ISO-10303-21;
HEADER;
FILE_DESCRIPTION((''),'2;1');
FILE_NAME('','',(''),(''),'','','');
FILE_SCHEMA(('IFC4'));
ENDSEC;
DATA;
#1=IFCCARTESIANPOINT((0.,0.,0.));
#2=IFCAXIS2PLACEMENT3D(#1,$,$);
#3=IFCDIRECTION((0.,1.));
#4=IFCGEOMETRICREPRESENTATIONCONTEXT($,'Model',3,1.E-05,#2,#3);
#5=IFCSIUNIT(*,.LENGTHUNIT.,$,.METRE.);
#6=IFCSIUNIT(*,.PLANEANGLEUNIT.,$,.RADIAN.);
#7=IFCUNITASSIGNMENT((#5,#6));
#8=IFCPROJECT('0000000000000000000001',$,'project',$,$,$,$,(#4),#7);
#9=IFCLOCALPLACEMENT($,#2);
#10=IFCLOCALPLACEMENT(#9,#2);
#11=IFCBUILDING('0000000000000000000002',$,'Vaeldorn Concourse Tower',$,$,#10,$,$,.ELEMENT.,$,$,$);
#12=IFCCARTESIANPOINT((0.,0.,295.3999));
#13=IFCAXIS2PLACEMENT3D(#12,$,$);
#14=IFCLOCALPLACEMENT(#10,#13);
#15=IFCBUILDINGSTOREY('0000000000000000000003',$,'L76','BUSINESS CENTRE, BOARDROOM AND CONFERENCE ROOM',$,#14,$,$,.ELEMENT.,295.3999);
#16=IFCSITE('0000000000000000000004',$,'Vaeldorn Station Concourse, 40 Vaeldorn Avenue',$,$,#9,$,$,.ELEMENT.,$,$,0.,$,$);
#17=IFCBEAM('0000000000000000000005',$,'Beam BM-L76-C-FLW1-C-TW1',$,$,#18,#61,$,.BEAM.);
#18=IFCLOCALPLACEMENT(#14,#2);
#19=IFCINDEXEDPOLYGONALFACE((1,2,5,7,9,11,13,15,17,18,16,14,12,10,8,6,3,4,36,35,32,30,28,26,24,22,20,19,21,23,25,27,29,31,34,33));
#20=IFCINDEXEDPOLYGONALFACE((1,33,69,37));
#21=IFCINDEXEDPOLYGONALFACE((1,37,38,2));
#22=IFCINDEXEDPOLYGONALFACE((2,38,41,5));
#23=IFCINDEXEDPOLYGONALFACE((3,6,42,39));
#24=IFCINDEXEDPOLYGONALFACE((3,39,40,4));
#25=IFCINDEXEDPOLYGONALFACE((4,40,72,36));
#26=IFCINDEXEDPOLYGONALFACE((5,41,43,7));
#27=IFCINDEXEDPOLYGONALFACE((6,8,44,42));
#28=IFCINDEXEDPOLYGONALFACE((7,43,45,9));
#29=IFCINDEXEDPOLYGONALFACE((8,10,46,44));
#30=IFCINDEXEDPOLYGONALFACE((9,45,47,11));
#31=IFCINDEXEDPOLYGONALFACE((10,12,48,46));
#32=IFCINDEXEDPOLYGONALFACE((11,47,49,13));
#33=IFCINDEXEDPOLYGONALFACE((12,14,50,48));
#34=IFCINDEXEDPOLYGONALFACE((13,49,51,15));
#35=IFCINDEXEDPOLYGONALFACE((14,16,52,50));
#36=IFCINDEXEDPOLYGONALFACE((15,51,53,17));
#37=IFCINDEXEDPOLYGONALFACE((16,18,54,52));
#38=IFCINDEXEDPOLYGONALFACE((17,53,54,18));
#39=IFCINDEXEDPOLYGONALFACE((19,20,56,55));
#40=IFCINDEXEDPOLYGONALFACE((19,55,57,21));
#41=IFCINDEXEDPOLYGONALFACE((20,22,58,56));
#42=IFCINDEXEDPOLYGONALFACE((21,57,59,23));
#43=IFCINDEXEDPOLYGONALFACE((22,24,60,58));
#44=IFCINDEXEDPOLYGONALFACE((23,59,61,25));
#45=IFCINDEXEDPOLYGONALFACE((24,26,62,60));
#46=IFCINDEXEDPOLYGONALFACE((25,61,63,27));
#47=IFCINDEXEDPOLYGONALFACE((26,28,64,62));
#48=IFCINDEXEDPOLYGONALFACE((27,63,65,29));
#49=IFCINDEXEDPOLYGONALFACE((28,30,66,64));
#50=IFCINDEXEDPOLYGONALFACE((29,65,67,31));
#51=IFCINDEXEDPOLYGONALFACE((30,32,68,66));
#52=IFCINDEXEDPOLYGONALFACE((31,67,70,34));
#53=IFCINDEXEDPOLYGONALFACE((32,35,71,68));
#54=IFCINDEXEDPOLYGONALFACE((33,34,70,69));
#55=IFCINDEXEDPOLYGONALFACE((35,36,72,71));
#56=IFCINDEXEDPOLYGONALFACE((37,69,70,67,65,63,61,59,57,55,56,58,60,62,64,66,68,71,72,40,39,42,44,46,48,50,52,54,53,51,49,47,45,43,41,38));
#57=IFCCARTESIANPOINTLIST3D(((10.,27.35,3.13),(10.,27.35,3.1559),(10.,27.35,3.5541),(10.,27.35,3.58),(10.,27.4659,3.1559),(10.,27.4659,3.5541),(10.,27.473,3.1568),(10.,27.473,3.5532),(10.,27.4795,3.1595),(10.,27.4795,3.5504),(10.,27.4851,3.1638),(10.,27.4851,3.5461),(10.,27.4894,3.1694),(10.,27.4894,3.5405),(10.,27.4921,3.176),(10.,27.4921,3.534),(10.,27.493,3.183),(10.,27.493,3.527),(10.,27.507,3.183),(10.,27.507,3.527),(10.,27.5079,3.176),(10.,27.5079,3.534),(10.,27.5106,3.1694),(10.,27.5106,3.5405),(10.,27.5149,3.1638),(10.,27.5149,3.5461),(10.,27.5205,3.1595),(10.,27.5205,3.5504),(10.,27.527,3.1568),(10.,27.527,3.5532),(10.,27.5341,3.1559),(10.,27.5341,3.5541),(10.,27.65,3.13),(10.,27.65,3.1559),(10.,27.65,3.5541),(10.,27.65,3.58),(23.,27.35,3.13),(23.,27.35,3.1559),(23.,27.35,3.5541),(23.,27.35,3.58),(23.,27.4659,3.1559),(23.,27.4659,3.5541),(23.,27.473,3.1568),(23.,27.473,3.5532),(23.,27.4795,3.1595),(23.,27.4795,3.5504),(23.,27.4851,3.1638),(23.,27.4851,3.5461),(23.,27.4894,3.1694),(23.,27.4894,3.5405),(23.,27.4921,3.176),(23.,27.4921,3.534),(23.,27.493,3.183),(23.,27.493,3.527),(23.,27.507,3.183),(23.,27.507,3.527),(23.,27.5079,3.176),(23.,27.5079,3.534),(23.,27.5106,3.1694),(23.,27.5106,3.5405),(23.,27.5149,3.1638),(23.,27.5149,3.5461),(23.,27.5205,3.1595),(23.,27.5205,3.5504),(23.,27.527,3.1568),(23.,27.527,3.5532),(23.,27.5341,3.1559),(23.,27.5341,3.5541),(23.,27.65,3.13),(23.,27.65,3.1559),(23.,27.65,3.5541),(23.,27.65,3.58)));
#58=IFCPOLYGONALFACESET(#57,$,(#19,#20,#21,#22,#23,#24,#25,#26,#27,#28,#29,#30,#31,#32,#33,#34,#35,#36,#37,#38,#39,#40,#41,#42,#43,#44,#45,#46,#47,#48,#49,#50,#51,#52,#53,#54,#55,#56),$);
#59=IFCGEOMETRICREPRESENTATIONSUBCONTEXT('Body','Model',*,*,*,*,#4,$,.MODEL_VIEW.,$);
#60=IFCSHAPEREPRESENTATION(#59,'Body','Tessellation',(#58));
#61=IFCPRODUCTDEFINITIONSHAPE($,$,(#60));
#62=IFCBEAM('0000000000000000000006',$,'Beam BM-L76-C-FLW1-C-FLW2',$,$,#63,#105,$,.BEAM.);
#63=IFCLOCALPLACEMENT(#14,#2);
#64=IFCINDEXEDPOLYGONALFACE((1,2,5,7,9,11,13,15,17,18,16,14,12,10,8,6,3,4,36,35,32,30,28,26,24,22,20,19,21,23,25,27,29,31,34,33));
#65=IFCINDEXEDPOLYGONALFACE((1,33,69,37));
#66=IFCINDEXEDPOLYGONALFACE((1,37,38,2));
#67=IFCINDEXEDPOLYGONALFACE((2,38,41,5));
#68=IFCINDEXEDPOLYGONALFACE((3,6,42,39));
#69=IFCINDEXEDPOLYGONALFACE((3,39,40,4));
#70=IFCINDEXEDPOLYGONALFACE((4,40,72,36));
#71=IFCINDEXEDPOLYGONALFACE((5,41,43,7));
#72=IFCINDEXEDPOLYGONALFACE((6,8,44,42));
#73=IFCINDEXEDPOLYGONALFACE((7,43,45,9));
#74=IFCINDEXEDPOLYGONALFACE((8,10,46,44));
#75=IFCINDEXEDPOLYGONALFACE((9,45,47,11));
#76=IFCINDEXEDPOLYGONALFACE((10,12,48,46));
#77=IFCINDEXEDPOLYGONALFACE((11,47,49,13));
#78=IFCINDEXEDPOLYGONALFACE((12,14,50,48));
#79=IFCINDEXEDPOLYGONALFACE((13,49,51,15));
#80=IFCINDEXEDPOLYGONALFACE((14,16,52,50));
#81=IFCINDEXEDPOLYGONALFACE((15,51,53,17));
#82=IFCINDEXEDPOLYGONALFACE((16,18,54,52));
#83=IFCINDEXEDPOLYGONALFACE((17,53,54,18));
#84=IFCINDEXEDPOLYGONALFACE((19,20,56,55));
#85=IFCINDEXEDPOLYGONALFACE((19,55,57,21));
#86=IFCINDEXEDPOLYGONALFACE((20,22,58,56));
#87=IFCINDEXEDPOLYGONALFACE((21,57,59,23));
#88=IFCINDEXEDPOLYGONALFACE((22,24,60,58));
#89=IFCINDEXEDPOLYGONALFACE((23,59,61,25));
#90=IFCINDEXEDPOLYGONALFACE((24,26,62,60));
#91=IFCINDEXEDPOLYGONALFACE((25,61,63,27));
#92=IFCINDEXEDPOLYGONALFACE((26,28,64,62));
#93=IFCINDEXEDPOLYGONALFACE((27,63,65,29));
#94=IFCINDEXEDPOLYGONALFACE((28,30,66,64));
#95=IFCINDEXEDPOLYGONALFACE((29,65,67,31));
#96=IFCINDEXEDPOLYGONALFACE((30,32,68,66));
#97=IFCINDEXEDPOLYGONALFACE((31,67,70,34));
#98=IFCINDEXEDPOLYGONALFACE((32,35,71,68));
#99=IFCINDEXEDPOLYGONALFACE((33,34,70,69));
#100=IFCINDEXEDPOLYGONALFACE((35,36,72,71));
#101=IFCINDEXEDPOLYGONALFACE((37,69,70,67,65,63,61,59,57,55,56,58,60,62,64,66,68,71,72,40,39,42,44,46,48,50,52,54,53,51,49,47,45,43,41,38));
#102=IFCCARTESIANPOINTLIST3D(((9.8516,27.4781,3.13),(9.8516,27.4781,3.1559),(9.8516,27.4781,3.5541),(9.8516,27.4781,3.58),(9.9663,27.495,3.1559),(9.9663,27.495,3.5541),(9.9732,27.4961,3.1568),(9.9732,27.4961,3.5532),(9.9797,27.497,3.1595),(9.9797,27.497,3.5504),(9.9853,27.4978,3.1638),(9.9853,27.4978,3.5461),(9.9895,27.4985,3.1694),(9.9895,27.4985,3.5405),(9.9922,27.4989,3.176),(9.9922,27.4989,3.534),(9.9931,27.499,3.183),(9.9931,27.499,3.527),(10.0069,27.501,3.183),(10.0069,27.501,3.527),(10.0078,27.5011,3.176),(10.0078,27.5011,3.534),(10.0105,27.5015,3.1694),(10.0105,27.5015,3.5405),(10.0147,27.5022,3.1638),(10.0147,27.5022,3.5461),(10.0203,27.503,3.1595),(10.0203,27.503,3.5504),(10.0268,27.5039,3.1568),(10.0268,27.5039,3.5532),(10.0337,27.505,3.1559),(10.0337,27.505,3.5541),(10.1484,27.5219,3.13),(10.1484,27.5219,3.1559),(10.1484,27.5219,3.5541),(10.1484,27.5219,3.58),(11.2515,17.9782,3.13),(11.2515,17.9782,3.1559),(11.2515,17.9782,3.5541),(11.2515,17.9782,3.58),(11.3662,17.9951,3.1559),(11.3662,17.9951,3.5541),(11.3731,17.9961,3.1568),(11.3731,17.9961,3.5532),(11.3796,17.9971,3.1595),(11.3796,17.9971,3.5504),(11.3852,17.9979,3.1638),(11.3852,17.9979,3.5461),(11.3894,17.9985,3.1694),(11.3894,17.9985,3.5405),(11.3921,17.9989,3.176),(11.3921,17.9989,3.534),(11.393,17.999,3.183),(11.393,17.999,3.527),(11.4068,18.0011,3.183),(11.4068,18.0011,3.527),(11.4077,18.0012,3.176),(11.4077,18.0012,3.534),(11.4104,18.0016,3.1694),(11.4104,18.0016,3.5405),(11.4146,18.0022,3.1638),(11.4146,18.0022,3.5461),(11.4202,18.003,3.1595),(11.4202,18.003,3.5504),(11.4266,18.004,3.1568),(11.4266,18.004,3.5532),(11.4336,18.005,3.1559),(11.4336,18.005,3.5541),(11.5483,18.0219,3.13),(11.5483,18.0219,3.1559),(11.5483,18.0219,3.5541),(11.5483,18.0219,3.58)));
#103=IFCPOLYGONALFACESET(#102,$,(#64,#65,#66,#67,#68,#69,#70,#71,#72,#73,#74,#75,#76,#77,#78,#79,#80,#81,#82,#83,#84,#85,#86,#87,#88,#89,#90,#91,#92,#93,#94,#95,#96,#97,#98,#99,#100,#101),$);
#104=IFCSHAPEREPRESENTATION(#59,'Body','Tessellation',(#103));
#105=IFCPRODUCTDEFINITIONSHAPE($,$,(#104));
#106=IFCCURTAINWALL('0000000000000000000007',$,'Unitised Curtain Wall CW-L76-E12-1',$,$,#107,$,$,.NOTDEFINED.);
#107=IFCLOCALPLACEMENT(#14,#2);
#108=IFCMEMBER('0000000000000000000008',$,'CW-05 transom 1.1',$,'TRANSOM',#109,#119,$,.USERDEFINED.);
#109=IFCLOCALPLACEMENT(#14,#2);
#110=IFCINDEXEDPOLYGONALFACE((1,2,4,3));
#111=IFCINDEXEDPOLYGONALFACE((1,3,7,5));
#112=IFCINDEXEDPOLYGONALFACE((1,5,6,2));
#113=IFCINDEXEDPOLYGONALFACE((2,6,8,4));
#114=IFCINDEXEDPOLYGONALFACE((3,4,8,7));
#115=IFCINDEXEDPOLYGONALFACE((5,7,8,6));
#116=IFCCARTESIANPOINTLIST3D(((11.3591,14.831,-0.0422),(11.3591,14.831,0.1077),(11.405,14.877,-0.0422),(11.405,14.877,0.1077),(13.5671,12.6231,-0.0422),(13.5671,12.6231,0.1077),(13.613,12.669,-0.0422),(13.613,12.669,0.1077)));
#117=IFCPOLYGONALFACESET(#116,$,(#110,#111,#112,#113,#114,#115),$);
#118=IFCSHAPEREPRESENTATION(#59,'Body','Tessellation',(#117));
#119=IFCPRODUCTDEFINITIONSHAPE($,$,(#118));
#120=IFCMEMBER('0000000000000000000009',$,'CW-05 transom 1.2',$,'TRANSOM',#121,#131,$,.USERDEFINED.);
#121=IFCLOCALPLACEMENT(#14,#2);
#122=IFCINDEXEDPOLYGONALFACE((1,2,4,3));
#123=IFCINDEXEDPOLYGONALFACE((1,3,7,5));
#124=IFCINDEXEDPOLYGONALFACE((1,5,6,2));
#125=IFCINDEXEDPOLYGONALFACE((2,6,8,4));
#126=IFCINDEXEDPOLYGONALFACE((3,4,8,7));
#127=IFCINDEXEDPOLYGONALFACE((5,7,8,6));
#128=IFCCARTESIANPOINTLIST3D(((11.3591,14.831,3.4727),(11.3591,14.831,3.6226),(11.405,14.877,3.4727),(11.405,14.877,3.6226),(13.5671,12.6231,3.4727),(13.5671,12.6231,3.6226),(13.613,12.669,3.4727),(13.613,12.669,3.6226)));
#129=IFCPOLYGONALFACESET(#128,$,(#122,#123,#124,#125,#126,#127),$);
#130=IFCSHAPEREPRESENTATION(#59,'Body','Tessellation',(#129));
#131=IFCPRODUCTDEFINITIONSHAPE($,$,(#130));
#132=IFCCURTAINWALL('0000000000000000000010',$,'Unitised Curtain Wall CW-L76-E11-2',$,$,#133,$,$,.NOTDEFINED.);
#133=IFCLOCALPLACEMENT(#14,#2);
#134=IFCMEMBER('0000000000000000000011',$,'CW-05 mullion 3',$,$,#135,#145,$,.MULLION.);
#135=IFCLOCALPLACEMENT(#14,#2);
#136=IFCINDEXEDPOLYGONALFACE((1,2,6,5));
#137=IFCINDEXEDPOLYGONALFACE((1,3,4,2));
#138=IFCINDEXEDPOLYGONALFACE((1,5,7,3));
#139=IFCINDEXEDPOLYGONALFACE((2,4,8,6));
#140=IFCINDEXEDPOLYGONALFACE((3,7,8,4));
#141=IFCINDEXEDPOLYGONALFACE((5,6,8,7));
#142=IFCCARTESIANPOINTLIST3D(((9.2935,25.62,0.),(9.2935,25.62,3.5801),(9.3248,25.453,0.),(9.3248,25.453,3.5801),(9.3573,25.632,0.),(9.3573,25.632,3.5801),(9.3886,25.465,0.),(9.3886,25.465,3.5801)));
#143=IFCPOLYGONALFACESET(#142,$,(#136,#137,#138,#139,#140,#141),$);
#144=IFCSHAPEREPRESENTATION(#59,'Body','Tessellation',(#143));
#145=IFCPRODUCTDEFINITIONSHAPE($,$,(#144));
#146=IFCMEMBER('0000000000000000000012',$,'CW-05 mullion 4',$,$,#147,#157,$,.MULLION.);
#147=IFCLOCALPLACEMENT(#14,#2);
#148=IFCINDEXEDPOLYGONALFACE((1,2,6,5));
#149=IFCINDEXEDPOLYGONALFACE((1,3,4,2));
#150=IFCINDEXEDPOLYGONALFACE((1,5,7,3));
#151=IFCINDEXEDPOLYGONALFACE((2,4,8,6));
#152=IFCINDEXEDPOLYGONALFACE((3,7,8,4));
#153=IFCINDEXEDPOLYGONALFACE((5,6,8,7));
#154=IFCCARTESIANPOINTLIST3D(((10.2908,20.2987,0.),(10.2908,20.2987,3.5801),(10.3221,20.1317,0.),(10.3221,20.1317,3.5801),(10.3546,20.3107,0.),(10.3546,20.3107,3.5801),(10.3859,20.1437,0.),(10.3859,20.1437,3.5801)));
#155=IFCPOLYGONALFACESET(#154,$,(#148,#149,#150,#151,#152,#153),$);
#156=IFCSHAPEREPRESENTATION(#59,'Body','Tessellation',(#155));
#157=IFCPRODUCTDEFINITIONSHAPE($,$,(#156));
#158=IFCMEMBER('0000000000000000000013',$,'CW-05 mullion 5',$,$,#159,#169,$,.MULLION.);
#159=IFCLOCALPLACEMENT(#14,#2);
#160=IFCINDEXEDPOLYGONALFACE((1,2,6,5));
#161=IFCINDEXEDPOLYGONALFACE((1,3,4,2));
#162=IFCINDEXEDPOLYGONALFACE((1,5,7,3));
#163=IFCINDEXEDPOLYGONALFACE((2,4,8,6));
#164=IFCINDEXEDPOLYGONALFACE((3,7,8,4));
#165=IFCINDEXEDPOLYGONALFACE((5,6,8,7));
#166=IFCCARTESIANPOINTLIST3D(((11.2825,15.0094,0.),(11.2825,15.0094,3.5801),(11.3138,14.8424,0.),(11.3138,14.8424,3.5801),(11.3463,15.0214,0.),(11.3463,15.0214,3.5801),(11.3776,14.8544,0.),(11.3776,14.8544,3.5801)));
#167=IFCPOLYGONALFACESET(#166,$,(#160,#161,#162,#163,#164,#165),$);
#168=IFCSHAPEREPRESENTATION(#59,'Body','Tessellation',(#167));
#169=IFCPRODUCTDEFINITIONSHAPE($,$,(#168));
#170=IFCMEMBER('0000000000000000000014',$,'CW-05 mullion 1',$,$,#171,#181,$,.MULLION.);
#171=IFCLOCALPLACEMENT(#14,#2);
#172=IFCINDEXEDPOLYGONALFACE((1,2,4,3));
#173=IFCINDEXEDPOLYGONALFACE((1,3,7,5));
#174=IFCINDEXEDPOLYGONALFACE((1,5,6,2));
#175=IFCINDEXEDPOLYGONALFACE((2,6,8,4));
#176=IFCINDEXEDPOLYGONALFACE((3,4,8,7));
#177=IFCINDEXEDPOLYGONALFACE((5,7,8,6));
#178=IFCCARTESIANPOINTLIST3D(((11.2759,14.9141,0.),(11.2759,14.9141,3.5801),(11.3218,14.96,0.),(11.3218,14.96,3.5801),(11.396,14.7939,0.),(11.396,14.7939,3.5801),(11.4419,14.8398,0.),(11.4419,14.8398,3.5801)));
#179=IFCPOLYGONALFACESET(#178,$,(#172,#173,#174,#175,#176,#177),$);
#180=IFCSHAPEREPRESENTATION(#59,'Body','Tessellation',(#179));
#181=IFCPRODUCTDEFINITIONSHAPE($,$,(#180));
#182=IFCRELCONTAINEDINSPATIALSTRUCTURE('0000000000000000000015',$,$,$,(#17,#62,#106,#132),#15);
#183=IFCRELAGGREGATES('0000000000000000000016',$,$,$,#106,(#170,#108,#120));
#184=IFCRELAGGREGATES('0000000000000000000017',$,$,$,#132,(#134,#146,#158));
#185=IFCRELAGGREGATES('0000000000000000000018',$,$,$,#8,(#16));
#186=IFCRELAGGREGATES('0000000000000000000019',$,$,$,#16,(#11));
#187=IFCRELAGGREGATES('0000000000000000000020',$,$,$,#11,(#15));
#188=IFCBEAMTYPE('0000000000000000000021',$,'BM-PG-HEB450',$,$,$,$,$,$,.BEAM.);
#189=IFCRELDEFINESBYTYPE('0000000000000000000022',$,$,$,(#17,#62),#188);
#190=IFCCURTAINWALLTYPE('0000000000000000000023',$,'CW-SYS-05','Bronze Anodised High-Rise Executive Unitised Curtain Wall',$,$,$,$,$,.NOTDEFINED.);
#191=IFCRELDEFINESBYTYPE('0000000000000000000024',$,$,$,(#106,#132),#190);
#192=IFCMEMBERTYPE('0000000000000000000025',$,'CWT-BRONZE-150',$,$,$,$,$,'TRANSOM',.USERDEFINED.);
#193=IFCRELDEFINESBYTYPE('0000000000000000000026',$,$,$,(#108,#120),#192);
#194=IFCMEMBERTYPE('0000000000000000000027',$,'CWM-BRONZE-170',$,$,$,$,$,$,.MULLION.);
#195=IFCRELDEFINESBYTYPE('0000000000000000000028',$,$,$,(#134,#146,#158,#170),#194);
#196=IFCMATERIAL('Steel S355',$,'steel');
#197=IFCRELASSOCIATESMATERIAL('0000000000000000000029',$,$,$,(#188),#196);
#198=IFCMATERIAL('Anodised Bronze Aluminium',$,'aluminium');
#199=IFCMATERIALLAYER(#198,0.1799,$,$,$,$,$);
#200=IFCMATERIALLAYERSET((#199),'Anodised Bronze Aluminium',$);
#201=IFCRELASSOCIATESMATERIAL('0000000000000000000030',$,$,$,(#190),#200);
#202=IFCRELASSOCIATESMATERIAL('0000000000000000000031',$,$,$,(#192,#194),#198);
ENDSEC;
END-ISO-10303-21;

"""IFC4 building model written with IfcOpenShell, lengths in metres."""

from ifc_helpers import new_model, si_unit, direction, frame, origin, origin_2d, place, context, subcontext, project, spatial, rectangle, i_section, extrude, source, transform, mapped, material, layer, layer_set, material_profile, profile_set, type_object, element, aggregate, save


model = new_model("IFC4")

# Units and contexts
model_context = context("Model", 3, precision=1e-05, world=origin(), true_north=direction((0.0, 1.0)))
body_context = subcontext(model_context, "Body", "Model", "MODEL_VIEW")
ifc_project = project(units=[si_unit("LENGTHUNIT", "METRE"), si_unit("PLANEANGLEUNIT", "RADIAN")], contexts=[model_context])

# Site, building, storey
site_placement = place(None, origin())
site = spatial("IfcSite", under=ifc_project, at=site_placement, Name="Vaeldorn Station Concourse, 40 Vaeldorn Avenue", CompositionType="ELEMENT", RefElevation=0.0)
building_placement = place(site_placement, origin())
building = spatial("IfcBuilding", under=site, at=building_placement, Name="Vaeldorn Concourse Tower", CompositionType="ELEMENT")
storey_placement = place(building_placement, frame((0.0, 0.0, 295.3999)))
storey = spatial("IfcBuildingStorey", under=building, at=storey_placement, Name="L76", Description="BUSINESS CENTRE, BOARDROOM AND CONFERENCE ROOM", CompositionType="ELEMENT", Elevation=295.3999)

# Shared definitions
ifc_material_1 = material(Name="Steel S355", Category="steel")

# Beams
ifc_material_profile_1 = material_profile(ifc_material_1, i_section(OverallWidth=0.3, OverallDepth=0.45, WebThickness=0.0139, FlangeThickness=0.0259, FilletRadius=0.0271, at=origin_2d()), Name="HEB 450")
ifc_profile_set_1 = profile_set([ifc_material_profile_1], Name="Steel S355")
beam_type_1 = type_object("IfcBeamType", Name="BM-PG-HEB450", PredefinedType="BEAM", material=ifc_profile_set_1)
shared_shape_1 = source(origin(), body_context, "Body", "SweptSolid", [
    extrude(i_section(OverallWidth=0.3, OverallDepth=0.45, WebThickness=0.0139, FlangeThickness=0.0259, FilletRadius=0.0271, at=origin_2d()), origin(), (0.0, 0.0, 1.0), 13.0),
])
beam_1_placement = place(storey_placement, frame((10.0, 27.5, 3.355), z_axis=(1.0, 0.0, 0.0), x_axis=(0.0, 1.0, 0.0)))
element("IfcBeam", 1, at=beam_1_placement, inside=storey, type_object=beam_type_1, Name="Beam BM-L76-C-FLW1-C-TW1", PredefinedType="BEAM", context=body_context, shape_type="MappedRepresentation", body=[
    mapped(shared_shape_1, transform((0.0, 0.0, 0.0), scale=1.0)),
])
shared_shape_2 = source(origin(), body_context, "Body", "SweptSolid", [
    extrude(i_section(OverallWidth=0.3, OverallDepth=0.45, WebThickness=0.0139, FlangeThickness=0.0259, FilletRadius=0.0271, at=origin_2d()), origin(), (0.0, 0.0, 1.0), 9.6025),
])
beam_2_placement = place(storey_placement, frame((10.0, 27.5, 3.355), z_axis=(0.145784, -0.989316, 0.0), x_axis=(0.989316, 0.145784, 0.0)))
element("IfcBeam", 2, at=beam_2_placement, inside=storey, type_object=beam_type_1, Name="Beam BM-L76-C-FLW1-C-FLW2", PredefinedType="BEAM", context=body_context, shape_type="MappedRepresentation", body=[
    mapped(shared_shape_2, transform((0.0, 0.0, 0.0), scale=1.0)),
])

# Curtain walls, members
ifc_material_2 = material(Name="Anodised Bronze Aluminium", Category="aluminium")
ifc_layer_1 = layer(ifc_material_2, 0.1799)
ifc_layer_set_1 = layer_set([ifc_layer_1], Name="Anodised Bronze Aluminium")
curtain_wall_type = type_object("IfcCurtainWallType", Name="CW-SYS-05", Description="Bronze Anodised High-Rise Executive Unitised Curtain Wall", PredefinedType="NOTDEFINED", material=ifc_layer_set_1)
curtain_wall_1_placement = place(storey_placement, origin())
curtain_wall_1 = element("IfcCurtainWall", 3, at=curtain_wall_1_placement, inside=storey, type_object=curtain_wall_type, Name="Unitised Curtain Wall CW-L76-E12-1", PredefinedType="NOTDEFINED")
ifc_material_profile_2 = material_profile(ifc_material_2, rectangle(XDim=0.0649, YDim=0.1499, at=origin_2d()), Name="CWT 65x150")
ifc_profile_set_2 = profile_set([ifc_material_profile_2], Name="Anodised Bronze Aluminium")
member_type_1 = type_object("IfcMemberType", Name="CWT-BRONZE-150", ElementType="TRANSOM", PredefinedType="USERDEFINED", material=ifc_profile_set_2)
shared_shape_3 = source(origin(), body_context, "Body", "SweptSolid", [
    extrude(rectangle(XDim=0.0649, YDim=0.1499, at=origin_2d()), origin(), (0.0, 0.0, 1.0), 3.1226),
])
member_1_placement = place(storey_placement, frame((11.3821, 14.854, 0.0327), z_axis=(0.707107, -0.707107, 0.0), x_axis=(0.707107, 0.707107, 0.0)))
member_1 = element("IfcMember", 4, at=member_1_placement, type_object=member_type_1, Name="CW-05 transom 1.1", ObjectType="TRANSOM", PredefinedType="USERDEFINED", context=body_context, shape_type="MappedRepresentation", body=[
    mapped(shared_shape_3, transform((0.0, 0.0, 0.0), scale=1.0)),
])
member_2_placement = place(storey_placement, frame((11.3821, 14.854, 3.5476), z_axis=(0.707107, -0.707107, 0.0), x_axis=(0.707107, 0.707107, 0.0)))
member_2 = element("IfcMember", 5, at=member_2_placement, type_object=member_type_1, Name="CW-05 transom 1.2", ObjectType="TRANSOM", PredefinedType="USERDEFINED", context=body_context, shape_type="MappedRepresentation", body=[
    mapped(shared_shape_3, transform((0.0, 0.0, 0.0), scale=1.0)),
])
curtain_wall_2_placement = place(storey_placement, origin())
curtain_wall_2 = element("IfcCurtainWall", 6, at=curtain_wall_2_placement, inside=storey, type_object=curtain_wall_type, Name="Unitised Curtain Wall CW-L76-E11-2", PredefinedType="NOTDEFINED")
ifc_material_profile_3 = material_profile(ifc_material_2, rectangle(XDim=0.0649, YDim=0.1699, at=origin_2d()), Name="CWM 65x170")
ifc_profile_set_3 = profile_set([ifc_material_profile_3], Name="Anodised Bronze Aluminium")
member_type_2 = type_object("IfcMemberType", Name="CWM-BRONZE-170", PredefinedType="MULLION", material=ifc_profile_set_3)
shared_shape_4 = source(origin(), body_context, "Body", "SweptSolid", [
    extrude(rectangle(XDim=0.0649, YDim=0.1699, at=origin_2d()), origin(), (0.0, 0.0, 1.0), 3.5801),
])
member_3_placement = place(storey_placement, frame((9.3411, 25.5425, 0.0), z_axis=(0.0, 0.0, 1.0), x_axis=(0.98288, 0.184247, 0.0)))
member_3 = element("IfcMember", 7, at=member_3_placement, type_object=member_type_2, Name="CW-05 mullion 3", PredefinedType="MULLION", context=body_context, shape_type="MappedRepresentation", body=[
    mapped(shared_shape_4, transform((0.0, 0.0, 0.0), scale=1.0)),
])
member_4_placement = place(storey_placement, frame((10.3384, 20.2212, 0.0), z_axis=(0.0, 0.0, 1.0), x_axis=(0.98288, 0.184247, 0.0)))
member_4 = element("IfcMember", 8, at=member_4_placement, type_object=member_type_2, Name="CW-05 mullion 4", PredefinedType="MULLION", context=body_context, shape_type="MappedRepresentation", body=[
    mapped(shared_shape_4, transform((0.0, 0.0, 0.0), scale=1.0)),
])
member_5_placement = place(storey_placement, frame((11.3301, 14.9319, 0.0), z_axis=(0.0, 0.0, 1.0), x_axis=(0.98288, 0.184247, 0.0)))
member_5 = element("IfcMember", 9, at=member_5_placement, type_object=member_type_2, Name="CW-05 mullion 5", PredefinedType="MULLION", context=body_context, shape_type="MappedRepresentation", body=[
    mapped(shared_shape_4, transform((0.0, 0.0, 0.0), scale=1.0)),
])

# Member
member_6_placement = place(storey_placement, frame((11.3589, 14.877, 0.0), z_axis=(0.0, 0.0, 1.0), x_axis=(0.707107, 0.707107, 0.0)))
member_6 = element("IfcMember", 10, at=member_6_placement, type_object=member_type_2, Name="CW-05 mullion 1", PredefinedType="MULLION", context=body_context, shape_type="MappedRepresentation", body=[
    mapped(shared_shape_4, transform((0.0, 0.0, 0.0), scale=1.0)),
])
aggregate(curtain_wall_1, [member_6, member_1, member_2])

aggregate(curtain_wall_2, [member_3, member_4, member_5])

save(model, "model.ifc")
